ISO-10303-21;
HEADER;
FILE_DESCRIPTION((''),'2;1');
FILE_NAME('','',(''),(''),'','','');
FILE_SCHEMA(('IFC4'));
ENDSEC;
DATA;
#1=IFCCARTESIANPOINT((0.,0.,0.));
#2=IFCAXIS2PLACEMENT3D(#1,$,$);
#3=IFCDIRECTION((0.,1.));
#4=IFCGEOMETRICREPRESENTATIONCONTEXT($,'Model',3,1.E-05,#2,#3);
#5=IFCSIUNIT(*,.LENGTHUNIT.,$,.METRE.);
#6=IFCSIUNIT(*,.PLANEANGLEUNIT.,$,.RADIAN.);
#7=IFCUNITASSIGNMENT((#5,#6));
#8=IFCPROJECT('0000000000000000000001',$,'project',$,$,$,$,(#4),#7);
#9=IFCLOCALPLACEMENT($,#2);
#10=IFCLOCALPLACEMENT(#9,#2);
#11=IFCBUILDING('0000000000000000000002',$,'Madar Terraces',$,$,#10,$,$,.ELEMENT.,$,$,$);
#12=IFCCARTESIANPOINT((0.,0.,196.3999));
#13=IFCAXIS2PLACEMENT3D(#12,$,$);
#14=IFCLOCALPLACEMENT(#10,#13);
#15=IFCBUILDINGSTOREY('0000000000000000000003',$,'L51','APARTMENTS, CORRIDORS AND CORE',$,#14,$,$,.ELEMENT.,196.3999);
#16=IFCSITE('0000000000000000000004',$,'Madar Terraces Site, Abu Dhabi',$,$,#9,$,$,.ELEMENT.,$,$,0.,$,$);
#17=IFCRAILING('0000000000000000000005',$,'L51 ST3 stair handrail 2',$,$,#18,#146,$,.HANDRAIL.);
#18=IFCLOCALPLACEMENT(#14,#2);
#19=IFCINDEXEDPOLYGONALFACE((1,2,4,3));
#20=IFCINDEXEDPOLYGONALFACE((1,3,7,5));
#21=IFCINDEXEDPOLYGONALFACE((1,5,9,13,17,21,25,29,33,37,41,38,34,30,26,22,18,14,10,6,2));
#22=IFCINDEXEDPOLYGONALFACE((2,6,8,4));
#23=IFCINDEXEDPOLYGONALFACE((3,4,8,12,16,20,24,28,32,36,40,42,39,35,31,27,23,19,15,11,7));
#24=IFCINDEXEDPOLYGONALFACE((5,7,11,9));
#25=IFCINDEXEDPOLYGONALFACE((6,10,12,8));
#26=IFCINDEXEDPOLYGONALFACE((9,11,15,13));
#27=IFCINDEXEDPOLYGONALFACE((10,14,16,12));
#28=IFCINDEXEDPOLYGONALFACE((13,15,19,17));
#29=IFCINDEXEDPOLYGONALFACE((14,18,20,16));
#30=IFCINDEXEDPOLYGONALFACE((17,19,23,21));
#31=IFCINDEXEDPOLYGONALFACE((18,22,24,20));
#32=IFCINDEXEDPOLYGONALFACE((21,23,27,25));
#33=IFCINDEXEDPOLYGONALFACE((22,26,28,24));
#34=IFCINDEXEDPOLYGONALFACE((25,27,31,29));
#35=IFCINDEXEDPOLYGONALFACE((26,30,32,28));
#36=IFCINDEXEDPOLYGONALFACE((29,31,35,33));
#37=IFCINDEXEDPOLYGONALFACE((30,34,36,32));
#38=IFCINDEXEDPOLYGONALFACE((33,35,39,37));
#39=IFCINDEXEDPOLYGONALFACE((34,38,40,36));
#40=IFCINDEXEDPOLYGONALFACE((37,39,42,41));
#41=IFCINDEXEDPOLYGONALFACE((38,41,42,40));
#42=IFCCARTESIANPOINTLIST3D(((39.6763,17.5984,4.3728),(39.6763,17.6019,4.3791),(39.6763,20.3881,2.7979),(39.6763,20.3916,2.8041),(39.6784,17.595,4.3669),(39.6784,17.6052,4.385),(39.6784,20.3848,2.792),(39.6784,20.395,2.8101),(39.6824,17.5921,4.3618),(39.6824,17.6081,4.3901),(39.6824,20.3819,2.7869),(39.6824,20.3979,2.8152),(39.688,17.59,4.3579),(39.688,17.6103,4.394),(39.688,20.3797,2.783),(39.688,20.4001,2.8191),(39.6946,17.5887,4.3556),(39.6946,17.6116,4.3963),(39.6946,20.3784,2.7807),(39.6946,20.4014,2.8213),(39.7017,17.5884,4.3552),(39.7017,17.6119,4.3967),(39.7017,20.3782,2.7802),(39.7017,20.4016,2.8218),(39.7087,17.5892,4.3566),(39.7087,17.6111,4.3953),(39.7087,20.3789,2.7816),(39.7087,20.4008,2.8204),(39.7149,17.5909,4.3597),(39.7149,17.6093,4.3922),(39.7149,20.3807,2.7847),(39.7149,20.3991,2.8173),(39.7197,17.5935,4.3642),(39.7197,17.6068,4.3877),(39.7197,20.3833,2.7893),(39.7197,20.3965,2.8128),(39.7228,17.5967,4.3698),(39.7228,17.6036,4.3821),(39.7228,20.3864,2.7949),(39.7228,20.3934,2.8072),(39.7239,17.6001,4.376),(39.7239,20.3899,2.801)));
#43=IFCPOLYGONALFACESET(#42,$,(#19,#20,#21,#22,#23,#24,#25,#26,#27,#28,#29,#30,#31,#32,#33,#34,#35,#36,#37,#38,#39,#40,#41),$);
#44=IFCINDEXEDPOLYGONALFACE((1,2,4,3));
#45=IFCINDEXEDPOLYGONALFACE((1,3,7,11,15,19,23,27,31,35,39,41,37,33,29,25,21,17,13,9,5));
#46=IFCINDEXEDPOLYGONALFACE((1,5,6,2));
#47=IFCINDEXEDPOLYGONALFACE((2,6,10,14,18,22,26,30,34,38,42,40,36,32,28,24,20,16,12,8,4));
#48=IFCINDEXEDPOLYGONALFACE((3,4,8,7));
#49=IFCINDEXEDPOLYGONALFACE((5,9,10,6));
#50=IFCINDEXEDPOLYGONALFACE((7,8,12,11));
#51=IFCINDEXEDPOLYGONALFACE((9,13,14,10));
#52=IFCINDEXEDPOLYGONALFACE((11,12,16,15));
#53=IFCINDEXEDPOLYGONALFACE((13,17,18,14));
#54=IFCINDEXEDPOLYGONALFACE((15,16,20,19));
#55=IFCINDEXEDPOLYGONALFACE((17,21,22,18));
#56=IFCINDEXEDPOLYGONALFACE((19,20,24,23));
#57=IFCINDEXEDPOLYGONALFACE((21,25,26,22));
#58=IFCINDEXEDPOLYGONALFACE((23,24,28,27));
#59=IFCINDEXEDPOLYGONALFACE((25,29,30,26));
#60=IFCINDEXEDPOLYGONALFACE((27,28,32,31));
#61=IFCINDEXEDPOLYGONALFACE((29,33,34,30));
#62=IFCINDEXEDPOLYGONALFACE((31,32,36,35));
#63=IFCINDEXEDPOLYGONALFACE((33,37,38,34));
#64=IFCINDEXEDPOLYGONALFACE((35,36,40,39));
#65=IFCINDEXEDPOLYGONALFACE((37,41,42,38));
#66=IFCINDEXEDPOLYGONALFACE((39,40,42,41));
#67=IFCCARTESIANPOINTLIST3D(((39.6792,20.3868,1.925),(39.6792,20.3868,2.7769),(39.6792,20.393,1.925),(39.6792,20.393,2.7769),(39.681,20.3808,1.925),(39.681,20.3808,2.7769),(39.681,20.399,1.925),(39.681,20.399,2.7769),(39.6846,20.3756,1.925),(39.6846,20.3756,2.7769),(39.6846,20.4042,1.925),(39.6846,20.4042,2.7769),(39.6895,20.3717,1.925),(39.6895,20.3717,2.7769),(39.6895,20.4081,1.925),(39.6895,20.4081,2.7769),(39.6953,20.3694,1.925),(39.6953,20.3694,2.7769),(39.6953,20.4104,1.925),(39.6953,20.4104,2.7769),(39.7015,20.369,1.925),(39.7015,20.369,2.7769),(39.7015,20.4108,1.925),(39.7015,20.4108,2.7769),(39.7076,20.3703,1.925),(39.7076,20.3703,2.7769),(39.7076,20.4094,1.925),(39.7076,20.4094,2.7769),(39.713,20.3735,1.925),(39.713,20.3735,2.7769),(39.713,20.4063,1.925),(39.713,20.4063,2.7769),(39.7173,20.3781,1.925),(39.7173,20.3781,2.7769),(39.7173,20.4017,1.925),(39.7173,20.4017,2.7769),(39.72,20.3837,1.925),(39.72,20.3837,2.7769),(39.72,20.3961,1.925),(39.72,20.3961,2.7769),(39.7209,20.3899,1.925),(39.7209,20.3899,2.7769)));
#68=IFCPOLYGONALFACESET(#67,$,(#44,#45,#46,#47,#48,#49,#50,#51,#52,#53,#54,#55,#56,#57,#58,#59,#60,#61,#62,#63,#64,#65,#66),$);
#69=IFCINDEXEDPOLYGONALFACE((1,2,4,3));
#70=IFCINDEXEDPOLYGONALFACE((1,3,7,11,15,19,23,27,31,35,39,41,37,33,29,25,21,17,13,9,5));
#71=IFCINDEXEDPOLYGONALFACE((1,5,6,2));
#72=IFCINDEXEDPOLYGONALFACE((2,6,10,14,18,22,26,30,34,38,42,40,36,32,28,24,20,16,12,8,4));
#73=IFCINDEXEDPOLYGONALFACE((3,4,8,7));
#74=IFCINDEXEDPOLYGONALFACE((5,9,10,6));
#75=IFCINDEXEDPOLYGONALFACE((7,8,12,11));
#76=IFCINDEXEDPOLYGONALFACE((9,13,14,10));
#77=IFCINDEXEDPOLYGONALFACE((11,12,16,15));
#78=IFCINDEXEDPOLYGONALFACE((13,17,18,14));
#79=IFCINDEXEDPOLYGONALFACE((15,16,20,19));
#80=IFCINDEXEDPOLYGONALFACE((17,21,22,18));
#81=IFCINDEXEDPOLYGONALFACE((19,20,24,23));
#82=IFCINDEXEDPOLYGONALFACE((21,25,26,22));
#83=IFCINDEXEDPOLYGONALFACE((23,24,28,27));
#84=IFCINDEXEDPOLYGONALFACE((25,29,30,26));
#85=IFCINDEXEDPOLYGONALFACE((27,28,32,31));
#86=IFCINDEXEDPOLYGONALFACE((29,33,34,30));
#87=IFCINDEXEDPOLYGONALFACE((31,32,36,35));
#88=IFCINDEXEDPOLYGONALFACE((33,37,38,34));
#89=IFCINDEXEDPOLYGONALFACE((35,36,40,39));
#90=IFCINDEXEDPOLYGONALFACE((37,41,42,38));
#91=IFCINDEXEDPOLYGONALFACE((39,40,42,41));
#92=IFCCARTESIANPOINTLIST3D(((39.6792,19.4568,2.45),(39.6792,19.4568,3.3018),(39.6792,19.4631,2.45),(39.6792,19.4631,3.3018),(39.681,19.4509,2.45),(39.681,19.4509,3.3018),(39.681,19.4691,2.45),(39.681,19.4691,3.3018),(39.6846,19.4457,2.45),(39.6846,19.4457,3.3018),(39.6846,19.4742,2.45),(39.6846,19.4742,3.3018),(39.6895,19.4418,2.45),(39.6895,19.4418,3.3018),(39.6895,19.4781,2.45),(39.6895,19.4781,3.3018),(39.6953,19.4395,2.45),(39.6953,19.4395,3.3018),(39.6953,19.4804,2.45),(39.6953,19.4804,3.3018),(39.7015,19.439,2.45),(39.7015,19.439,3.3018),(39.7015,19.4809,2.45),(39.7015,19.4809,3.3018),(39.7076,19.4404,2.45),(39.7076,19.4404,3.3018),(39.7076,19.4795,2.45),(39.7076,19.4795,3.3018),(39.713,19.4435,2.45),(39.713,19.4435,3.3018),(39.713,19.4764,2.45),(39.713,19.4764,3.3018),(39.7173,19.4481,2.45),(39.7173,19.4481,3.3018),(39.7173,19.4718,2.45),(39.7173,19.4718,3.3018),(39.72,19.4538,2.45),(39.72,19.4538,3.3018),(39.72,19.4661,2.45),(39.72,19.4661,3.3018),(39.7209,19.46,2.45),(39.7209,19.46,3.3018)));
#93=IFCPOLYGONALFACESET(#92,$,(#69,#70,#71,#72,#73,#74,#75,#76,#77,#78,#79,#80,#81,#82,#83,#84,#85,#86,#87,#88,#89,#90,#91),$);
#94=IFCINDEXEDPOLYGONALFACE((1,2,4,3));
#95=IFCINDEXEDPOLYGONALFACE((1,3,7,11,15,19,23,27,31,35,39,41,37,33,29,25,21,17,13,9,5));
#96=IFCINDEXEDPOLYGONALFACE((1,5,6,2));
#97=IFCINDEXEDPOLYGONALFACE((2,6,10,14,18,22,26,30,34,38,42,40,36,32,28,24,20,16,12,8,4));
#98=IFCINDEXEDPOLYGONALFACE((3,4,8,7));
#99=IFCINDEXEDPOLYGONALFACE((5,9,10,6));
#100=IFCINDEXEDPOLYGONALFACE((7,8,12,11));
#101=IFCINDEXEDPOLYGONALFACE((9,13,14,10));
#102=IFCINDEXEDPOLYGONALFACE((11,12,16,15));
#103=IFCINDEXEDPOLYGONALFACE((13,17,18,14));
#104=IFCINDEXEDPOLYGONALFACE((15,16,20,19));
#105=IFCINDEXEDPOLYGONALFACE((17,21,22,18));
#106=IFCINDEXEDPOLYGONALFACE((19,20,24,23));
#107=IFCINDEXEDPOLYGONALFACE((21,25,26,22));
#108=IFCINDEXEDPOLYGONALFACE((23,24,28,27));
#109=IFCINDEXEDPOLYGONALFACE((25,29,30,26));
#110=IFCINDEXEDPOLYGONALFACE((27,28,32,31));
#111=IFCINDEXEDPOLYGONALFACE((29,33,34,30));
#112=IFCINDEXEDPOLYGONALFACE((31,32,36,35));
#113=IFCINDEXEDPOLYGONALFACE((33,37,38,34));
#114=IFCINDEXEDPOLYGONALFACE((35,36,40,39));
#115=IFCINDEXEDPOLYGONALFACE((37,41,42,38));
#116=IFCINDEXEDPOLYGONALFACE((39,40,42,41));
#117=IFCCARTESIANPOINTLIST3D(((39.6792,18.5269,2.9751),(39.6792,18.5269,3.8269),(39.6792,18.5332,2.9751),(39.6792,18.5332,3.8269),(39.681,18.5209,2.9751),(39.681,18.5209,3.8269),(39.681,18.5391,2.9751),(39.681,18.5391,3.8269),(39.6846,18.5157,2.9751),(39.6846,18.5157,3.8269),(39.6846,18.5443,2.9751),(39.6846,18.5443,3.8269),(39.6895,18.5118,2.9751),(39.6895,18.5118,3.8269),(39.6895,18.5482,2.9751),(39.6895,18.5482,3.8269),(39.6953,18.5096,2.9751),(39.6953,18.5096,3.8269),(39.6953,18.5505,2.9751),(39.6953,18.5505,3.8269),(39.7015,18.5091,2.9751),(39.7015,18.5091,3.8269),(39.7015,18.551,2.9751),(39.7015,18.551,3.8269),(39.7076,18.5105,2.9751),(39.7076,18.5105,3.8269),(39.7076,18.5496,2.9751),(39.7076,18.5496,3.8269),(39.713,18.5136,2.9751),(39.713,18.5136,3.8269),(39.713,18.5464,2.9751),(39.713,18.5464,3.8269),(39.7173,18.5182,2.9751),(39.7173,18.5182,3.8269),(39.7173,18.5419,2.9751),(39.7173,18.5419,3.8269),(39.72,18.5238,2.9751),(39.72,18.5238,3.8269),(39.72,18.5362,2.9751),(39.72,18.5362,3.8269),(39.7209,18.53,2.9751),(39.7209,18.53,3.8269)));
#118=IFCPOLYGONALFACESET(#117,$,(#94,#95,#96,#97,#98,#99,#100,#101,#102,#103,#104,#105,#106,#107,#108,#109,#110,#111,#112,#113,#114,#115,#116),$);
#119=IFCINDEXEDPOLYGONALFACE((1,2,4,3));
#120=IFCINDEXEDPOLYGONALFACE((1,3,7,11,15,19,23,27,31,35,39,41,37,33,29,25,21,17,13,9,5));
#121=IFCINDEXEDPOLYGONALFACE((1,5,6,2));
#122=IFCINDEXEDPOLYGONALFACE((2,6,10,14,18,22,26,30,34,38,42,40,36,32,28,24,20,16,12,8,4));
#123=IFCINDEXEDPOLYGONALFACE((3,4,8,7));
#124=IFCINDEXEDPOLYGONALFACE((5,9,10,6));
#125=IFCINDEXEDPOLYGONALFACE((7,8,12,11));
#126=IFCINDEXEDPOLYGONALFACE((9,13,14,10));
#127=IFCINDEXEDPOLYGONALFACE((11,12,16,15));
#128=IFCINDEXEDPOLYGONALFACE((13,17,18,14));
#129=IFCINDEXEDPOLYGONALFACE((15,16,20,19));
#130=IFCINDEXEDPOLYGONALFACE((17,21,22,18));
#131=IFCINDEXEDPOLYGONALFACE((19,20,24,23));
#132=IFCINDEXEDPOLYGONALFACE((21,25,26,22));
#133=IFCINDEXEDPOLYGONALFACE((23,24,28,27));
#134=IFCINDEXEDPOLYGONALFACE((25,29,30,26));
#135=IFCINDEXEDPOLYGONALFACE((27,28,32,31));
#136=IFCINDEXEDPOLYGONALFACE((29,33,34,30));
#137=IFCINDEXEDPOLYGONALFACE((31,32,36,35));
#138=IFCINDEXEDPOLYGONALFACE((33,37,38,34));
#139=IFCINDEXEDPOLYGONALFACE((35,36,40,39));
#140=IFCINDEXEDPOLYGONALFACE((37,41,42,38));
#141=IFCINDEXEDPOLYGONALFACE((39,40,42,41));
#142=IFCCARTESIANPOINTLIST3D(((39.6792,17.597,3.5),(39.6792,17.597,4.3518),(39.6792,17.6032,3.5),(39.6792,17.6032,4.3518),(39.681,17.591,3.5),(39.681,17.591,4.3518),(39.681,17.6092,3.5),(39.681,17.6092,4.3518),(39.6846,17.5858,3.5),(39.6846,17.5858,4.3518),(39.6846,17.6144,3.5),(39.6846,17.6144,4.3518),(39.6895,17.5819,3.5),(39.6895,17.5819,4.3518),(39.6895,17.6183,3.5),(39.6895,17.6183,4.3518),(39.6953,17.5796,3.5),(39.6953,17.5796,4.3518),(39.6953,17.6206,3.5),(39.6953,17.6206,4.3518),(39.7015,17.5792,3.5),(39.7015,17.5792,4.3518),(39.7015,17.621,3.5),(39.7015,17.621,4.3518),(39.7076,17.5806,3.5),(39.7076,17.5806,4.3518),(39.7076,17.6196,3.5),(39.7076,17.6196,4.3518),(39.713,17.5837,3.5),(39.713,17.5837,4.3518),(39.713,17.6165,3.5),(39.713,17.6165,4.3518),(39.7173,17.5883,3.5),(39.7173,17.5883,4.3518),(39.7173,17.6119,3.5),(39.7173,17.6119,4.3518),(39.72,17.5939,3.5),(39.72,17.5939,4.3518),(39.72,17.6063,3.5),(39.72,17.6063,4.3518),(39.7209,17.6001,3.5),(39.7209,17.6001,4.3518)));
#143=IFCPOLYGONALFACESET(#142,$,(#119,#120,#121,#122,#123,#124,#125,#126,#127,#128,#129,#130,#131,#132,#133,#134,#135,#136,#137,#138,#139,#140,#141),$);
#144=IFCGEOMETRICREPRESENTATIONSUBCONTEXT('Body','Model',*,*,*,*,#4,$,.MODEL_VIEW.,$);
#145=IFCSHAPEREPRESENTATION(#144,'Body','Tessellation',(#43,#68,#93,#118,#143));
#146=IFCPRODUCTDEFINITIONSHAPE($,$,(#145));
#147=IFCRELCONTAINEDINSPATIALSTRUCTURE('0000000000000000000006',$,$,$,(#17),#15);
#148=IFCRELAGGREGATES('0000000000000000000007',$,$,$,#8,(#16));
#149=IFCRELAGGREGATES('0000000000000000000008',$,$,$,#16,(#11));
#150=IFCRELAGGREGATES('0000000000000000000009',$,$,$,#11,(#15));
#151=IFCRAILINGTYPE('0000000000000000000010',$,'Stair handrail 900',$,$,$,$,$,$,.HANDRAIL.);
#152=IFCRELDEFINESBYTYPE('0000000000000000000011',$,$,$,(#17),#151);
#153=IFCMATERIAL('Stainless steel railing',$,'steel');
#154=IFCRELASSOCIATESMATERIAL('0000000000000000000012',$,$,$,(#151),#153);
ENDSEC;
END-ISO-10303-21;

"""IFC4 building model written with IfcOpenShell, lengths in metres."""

from ifc_helpers import new_model, si_unit, direction, frame, origin, origin_2d, place, context, subcontext, project, spatial, circle, extrude, material, type_object, element, save


model = new_model("IFC4")

# Units and contexts
model_context = context("Model", 3, precision=1e-05, world=origin(), true_north=direction((0.0, 1.0)))
body_context = subcontext(model_context, "Body", "Model", "MODEL_VIEW")
ifc_project = project(units=[si_unit("LENGTHUNIT", "METRE"), si_unit("PLANEANGLEUNIT", "RADIAN")], contexts=[model_context])

# Site, building, storey
site_placement = place(None, origin())
site = spatial("IfcSite", under=ifc_project, at=site_placement, Name="Madar Terraces Site, Abu Dhabi", CompositionType="ELEMENT", RefElevation=0.0)
building_placement = place(site_placement, origin())
building = spatial("IfcBuilding", under=site, at=building_placement, Name="Madar Terraces", CompositionType="ELEMENT")
storey_placement = place(building_placement, frame((0.0, 0.0, 196.3999)))
storey = spatial("IfcBuildingStorey", under=building, at=storey_placement, Name="L51", Description="APARTMENTS, CORRIDORS AND CORE", CompositionType="ELEMENT", Elevation=196.3999)

# Railing
ifc_material_1 = material(Name="Stainless steel railing", Category="steel")
railing_type_1 = type_object("IfcRailingType", Name="Stair handrail 900", PredefinedType="HANDRAIL", material=ifc_material_1)
railing_1_placement = place(storey_placement, frame((39.7, 20.3899, 1.925)))
element("IfcRailing", 1, at=railing_1_placement, inside=storey, type_object=railing_type_1, Name="L51 ST3 stair handrail 2", PredefinedType="HANDRAIL", context=body_context, shape_type="SweptSolid", body=[
    extrude(circle(Radius=0.0239, at=origin_2d()), frame((0.0, 0.0, 0.876), z_axis=(0.0, -0.870815, 0.49161), x_axis=(1.0, 0.0, 0.0)), (0.0, 0.0, 1.0), 3.2036),
    extrude(circle(Radius=0.021, at=origin_2d()), origin(), (0.0, 0.0, 1.0), 0.8518),
    extrude(circle(Radius=0.021, at=origin_2d()), frame((0.0, -0.9299, 0.5249)), (0.0, 0.0, 1.0), 0.8518),
    extrude(circle(Radius=0.021, at=origin_2d()), frame((0.0, -1.8599, 1.05)), (0.0, 0.0, 1.0), 0.8518),
    extrude(circle(Radius=0.021, at=origin_2d()), frame((0.0, -2.7898, 1.575)), (0.0, 0.0, 1.0), 0.8518),
])

save(model, "model.ifc")
